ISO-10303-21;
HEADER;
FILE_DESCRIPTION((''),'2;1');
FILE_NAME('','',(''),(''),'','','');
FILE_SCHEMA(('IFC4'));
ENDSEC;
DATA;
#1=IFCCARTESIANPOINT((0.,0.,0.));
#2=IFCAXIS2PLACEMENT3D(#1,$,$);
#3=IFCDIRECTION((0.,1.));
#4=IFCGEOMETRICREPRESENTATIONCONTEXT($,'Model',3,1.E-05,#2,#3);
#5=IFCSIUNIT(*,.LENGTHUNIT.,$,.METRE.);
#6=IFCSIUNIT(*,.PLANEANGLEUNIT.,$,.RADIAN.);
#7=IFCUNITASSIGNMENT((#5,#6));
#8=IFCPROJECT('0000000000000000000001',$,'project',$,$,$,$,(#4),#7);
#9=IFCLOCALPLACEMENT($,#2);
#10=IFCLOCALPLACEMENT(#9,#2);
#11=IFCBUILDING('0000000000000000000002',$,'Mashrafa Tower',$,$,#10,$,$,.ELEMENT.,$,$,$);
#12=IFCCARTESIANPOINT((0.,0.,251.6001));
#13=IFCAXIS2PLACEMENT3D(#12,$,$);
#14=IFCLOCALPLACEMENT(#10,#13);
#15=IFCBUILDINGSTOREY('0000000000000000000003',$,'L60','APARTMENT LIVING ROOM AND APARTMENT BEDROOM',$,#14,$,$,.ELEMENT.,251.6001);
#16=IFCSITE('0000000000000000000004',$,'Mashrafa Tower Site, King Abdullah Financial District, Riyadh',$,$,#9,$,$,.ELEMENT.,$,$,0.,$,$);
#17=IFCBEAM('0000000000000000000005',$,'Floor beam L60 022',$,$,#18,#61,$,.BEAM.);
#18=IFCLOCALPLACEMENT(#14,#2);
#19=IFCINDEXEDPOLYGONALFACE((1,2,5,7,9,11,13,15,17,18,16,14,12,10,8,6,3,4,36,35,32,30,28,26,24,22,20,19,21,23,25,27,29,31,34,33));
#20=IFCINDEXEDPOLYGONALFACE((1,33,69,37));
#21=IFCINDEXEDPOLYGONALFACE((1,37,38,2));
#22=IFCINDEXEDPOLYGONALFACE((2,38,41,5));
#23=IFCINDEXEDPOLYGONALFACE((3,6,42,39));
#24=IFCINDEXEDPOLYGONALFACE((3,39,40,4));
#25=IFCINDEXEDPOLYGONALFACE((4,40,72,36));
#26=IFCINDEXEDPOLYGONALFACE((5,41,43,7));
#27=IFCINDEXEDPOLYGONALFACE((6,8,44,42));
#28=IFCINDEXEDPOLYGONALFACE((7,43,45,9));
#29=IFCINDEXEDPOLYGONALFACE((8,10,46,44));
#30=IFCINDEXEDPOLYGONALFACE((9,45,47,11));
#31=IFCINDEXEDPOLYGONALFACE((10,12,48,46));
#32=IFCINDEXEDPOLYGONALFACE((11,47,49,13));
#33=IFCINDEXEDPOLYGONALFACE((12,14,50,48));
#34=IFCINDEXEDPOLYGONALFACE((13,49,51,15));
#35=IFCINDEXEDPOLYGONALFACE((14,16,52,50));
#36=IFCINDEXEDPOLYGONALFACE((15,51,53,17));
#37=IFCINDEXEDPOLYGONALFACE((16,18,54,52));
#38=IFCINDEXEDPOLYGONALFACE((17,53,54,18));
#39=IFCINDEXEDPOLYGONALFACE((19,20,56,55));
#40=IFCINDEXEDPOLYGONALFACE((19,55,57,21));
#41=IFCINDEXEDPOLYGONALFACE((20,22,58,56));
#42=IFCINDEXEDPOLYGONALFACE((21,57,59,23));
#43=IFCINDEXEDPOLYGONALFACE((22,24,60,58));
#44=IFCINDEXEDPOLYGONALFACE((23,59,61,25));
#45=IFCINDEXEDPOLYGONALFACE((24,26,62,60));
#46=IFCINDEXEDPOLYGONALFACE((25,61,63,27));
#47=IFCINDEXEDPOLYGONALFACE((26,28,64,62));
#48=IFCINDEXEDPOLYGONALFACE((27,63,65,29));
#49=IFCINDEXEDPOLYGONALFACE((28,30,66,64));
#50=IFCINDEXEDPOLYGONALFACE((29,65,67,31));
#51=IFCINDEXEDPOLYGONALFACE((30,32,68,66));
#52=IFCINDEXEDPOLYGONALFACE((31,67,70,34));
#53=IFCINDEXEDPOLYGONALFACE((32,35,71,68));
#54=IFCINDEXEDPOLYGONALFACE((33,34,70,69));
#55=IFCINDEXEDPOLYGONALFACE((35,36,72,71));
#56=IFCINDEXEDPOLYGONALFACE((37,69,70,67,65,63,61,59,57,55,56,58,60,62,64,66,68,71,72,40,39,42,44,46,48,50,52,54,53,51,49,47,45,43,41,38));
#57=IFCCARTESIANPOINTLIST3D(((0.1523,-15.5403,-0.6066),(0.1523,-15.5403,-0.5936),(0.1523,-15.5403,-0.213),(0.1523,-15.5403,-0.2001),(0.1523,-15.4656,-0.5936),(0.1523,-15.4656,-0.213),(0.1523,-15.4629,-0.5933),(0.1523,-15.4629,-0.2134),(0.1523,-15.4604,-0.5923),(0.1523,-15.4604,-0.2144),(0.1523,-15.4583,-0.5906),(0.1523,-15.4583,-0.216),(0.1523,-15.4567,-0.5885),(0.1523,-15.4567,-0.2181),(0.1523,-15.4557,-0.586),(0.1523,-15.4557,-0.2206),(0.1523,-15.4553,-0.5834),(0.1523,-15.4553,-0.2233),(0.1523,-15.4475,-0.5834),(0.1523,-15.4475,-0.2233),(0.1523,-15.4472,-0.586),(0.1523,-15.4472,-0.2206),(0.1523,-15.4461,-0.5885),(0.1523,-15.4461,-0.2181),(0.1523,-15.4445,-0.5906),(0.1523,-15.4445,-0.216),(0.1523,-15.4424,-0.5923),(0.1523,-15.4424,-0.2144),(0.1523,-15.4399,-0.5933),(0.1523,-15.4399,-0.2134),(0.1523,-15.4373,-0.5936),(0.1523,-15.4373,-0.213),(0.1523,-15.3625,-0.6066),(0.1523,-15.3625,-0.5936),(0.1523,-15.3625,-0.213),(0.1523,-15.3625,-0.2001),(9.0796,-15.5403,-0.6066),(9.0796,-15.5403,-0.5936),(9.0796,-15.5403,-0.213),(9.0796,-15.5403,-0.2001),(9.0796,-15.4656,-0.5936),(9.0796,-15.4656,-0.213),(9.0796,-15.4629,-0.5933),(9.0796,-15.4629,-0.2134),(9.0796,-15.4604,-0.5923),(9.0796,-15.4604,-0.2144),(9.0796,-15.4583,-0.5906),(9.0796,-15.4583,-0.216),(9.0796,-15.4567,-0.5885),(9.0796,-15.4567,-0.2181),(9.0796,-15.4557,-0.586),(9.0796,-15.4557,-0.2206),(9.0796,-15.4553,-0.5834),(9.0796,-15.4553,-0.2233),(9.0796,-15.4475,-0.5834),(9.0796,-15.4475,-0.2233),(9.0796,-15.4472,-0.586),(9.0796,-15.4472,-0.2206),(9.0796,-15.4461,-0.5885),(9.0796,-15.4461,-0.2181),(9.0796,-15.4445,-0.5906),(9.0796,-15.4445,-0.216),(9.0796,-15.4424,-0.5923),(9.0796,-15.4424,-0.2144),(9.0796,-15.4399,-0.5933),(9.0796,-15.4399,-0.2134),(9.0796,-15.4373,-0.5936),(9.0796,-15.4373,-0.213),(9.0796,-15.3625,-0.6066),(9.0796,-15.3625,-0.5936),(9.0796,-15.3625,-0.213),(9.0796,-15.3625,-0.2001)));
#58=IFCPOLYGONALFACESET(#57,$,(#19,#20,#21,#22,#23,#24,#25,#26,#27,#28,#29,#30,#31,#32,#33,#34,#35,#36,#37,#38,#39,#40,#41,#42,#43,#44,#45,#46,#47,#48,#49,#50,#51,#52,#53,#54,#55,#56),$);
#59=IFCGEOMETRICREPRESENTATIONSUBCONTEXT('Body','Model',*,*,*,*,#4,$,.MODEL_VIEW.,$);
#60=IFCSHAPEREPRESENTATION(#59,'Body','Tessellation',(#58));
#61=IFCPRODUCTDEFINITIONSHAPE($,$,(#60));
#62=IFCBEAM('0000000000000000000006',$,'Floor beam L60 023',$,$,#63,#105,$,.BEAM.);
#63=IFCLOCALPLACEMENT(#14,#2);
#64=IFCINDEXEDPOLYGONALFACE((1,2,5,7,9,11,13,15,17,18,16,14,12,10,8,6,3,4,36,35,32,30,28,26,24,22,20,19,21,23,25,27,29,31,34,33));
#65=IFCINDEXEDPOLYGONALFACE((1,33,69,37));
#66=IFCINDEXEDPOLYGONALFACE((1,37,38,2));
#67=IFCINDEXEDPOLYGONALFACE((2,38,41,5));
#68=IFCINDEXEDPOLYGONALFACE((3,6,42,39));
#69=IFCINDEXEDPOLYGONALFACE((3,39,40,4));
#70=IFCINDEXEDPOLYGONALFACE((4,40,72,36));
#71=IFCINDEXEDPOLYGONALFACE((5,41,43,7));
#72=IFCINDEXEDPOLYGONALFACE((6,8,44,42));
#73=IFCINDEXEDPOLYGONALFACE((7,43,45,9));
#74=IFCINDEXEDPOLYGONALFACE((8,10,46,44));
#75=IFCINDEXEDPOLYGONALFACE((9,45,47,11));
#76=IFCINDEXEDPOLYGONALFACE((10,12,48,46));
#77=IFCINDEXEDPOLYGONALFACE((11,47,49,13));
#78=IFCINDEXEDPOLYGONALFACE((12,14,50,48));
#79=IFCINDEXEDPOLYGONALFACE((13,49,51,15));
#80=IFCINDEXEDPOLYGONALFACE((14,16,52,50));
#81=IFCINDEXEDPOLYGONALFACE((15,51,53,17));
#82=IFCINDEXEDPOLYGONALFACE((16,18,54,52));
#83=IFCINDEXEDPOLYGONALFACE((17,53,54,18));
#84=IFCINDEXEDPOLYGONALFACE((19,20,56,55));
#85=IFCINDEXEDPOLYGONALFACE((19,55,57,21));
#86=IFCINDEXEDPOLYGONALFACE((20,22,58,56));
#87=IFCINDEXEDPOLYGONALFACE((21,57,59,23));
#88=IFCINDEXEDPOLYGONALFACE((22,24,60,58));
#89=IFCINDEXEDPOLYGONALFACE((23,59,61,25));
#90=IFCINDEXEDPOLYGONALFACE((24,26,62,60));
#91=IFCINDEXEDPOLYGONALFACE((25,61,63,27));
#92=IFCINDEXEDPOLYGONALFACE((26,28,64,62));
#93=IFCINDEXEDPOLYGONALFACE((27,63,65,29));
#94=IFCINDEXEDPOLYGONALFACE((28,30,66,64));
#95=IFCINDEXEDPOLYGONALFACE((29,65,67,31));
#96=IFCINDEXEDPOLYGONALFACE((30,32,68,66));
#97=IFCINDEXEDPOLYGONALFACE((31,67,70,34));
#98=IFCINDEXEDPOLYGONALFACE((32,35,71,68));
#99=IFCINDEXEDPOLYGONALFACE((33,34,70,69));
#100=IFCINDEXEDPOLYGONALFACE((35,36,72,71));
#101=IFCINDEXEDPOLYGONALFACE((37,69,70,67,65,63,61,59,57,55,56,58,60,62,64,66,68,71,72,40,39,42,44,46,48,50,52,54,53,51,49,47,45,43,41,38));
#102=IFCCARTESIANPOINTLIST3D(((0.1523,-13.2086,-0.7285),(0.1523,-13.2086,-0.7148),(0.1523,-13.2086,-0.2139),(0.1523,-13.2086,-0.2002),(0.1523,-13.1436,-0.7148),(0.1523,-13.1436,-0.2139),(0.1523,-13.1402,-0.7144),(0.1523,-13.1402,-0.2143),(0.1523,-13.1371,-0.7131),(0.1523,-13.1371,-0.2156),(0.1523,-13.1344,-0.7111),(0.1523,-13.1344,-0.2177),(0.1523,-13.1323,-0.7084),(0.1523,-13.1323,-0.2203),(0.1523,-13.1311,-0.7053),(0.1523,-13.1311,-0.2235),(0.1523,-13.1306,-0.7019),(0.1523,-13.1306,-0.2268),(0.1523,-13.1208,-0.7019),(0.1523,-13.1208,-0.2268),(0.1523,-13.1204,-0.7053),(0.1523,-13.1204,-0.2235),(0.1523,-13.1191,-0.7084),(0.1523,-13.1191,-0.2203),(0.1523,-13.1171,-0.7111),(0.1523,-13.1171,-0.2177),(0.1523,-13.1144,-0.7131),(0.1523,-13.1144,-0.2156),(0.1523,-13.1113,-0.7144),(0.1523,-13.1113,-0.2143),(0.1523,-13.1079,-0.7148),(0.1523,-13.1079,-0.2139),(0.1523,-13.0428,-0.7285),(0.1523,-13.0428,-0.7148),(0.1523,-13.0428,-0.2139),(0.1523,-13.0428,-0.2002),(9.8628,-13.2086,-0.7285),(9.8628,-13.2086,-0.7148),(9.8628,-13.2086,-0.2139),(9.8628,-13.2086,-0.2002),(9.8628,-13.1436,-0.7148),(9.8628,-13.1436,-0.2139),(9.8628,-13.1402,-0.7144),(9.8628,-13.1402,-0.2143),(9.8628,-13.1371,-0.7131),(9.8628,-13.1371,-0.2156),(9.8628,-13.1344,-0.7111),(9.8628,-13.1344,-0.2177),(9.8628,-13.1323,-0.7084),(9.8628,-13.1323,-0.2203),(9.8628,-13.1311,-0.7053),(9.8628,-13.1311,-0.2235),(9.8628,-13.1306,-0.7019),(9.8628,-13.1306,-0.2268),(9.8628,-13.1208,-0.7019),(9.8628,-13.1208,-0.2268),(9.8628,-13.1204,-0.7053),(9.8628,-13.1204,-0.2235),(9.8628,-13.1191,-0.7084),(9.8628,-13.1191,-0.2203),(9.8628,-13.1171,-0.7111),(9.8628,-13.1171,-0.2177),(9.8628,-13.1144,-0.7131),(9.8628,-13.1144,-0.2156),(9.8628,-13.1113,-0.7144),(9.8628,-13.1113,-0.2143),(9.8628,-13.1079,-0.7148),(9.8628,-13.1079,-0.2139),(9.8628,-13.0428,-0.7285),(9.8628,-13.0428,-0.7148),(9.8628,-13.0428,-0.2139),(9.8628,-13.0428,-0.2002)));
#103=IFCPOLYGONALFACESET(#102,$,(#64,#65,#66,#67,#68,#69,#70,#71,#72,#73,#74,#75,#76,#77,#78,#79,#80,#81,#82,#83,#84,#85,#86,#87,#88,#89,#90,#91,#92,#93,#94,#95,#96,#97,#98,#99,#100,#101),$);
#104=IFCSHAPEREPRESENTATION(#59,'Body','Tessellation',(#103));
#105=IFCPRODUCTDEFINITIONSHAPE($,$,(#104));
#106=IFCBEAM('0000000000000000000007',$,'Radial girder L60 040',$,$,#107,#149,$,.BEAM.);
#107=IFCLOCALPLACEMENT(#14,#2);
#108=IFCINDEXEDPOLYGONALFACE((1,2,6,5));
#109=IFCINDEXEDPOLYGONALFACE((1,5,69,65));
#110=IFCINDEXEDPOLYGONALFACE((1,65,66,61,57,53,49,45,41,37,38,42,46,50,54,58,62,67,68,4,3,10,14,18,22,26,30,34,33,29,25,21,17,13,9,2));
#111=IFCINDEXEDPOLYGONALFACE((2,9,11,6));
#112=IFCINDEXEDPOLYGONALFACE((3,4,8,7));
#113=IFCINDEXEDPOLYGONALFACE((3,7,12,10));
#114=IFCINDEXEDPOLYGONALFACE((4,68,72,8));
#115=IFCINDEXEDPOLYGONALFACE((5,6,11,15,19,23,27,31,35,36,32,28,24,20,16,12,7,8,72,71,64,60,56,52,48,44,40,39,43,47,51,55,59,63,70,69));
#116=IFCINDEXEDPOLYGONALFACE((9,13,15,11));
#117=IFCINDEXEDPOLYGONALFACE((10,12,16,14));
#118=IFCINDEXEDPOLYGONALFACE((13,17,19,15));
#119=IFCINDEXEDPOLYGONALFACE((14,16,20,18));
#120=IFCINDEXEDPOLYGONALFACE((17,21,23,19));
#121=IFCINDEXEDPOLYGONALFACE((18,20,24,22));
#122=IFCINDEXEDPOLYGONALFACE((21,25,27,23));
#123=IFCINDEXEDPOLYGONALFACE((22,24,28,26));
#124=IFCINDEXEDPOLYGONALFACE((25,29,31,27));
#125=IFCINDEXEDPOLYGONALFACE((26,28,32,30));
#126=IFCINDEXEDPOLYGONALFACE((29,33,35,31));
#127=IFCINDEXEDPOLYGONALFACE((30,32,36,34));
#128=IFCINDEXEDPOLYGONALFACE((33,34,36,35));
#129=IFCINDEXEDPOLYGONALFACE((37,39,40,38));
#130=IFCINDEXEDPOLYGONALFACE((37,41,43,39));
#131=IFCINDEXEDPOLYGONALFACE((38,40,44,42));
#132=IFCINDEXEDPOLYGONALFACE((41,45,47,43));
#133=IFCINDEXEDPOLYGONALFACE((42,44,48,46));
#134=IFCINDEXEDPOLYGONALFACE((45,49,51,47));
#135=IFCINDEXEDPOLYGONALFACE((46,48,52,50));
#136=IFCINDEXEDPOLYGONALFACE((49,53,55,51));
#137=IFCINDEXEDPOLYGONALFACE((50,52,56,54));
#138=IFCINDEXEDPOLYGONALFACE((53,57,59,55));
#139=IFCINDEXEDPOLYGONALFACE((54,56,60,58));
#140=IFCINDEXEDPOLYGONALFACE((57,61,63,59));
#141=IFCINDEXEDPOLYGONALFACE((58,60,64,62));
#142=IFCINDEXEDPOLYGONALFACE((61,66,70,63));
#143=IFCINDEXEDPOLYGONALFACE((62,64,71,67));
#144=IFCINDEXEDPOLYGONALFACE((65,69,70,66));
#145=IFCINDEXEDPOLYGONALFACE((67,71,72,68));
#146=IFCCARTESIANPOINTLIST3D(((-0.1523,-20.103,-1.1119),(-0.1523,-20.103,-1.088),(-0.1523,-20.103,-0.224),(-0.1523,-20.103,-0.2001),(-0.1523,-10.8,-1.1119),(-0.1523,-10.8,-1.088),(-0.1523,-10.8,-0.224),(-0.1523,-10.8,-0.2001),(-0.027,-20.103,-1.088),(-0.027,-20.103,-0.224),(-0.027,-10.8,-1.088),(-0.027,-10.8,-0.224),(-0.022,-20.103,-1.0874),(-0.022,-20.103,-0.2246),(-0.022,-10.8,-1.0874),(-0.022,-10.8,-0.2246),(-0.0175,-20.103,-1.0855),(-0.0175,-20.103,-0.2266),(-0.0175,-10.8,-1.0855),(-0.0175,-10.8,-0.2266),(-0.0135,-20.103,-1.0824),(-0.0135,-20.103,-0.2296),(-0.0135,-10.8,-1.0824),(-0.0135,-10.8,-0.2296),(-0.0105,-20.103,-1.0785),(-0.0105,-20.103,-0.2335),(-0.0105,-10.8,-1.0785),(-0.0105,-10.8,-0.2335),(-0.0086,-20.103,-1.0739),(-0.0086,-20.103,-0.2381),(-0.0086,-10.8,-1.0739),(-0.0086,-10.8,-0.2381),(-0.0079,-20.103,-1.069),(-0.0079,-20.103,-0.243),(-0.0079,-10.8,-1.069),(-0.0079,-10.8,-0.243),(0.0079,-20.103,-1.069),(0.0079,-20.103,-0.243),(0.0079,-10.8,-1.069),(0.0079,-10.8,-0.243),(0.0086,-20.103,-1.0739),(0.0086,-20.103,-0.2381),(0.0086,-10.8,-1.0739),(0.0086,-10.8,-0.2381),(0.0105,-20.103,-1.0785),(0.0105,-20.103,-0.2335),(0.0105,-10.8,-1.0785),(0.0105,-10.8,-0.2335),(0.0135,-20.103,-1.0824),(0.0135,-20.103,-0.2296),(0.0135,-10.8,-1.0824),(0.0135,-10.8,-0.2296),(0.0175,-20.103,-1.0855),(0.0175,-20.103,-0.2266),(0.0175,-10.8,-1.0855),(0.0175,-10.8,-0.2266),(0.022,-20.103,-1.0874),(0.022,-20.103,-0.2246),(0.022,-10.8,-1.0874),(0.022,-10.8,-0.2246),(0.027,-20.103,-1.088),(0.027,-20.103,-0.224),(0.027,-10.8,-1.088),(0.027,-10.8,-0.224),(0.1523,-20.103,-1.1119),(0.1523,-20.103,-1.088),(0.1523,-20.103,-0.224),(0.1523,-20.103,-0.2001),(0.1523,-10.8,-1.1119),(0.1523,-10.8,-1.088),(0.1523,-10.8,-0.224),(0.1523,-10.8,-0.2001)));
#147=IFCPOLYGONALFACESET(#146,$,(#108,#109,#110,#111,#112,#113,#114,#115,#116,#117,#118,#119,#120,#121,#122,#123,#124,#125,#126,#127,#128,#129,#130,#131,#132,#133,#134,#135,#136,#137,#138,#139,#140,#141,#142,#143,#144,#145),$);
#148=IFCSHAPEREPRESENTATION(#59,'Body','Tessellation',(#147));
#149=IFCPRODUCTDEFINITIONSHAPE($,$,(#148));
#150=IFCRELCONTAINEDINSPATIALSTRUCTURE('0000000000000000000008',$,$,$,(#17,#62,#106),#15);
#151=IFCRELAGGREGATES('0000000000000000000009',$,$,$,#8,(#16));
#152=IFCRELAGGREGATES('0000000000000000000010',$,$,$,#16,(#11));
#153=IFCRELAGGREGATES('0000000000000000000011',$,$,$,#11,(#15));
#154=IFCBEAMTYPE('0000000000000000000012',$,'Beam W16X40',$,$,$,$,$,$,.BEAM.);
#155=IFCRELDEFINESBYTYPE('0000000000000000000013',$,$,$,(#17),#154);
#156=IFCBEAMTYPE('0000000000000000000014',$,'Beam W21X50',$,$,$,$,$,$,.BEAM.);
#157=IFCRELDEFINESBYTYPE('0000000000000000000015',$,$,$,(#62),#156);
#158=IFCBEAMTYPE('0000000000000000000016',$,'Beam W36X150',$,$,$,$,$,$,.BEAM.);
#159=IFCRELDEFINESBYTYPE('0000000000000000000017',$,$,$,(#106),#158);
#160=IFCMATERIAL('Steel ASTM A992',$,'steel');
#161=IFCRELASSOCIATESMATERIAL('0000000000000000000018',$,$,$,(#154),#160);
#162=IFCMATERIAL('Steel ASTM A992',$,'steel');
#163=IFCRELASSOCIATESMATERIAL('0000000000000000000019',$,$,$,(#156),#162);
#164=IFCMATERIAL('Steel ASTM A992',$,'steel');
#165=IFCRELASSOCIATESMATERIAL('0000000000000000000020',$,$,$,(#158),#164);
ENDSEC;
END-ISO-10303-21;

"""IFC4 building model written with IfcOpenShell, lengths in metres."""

from ifc_helpers import new_model, si_unit, direction, frame, origin, origin_2d, place, context, subcontext, project, spatial, i_section, extrude, material, material_profile, profile_set, type_object, element, save


model = new_model("IFC4")

# Units and contexts
model_context = context("Model", 3, precision=1e-05, world=origin(), true_north=direction((0.0, 1.0)))
body_context = subcontext(model_context, "Body", "Model", "MODEL_VIEW")
ifc_project = project(units=[si_unit("LENGTHUNIT", "METRE"), si_unit("PLANEANGLEUNIT", "RADIAN")], contexts=[model_context])

# Site, building, storey
site_placement = place(None, origin())
site = spatial("IfcSite", under=ifc_project, at=site_placement, Name="Mashrafa Tower Site, King Abdullah Financial District, Riyadh", CompositionType="ELEMENT", RefElevation=0.0)
building_placement = place(site_placement, origin())
building = spatial("IfcBuilding", under=site, at=building_placement, Name="Mashrafa Tower", CompositionType="ELEMENT")
storey_placement = place(building_placement, frame((0.0, 0.0, 251.6001)))
storey = spatial("IfcBuildingStorey", under=building, at=storey_placement, Name="L60", Description="APARTMENT LIVING ROOM AND APARTMENT BEDROOM", CompositionType="ELEMENT", Elevation=251.6001)

# Beams
ifc_material_1 = material(Name="Steel ASTM A992", Category="steel")
ifc_material_profile_1 = material_profile(ifc_material_1, i_section(OverallWidth=0.1777, OverallDepth=0.4065, WebThickness=0.0078, FlangeThickness=0.0129, FilletRadius=0.0103, at=origin_2d()), Name="W16X40")
ifc_profile_set_1 = profile_set([ifc_material_profile_1], Name="Steel ASTM A992")
beam_type_1 = type_object("IfcBeamType", Name="Beam W16X40", PredefinedType="BEAM", material=ifc_profile_set_1)
beam_1_placement = place(storey_placement, frame((9.0796, -15.4514, -0.4033), z_axis=(-1.0, 0.0, 0.0), x_axis=(0.0, -1.0, 0.0)))
element("IfcBeam", 1, at=beam_1_placement, inside=storey, type_object=beam_type_1, Name="Floor beam L60 022", PredefinedType="BEAM", context=body_context, shape_type="SweptSolid", body=[
    extrude(i_section(OverallWidth=0.1777, OverallDepth=0.4065, WebThickness=0.0078, FlangeThickness=0.0129, FilletRadius=0.0103, at=origin_2d()), origin(), (0.0, 0.0, 1.0), 8.9272),
])
ifc_material_2 = material(Name="Steel ASTM A992", Category="steel")
ifc_material_profile_2 = material_profile(ifc_material_2, i_section(OverallWidth=0.1658, OverallDepth=0.5283, WebThickness=0.0098, FlangeThickness=0.0137, FilletRadius=0.0129, at=origin_2d()), Name="W21X50")
ifc_profile_set_2 = profile_set([ifc_material_profile_2], Name="Steel ASTM A992")
beam_type_2 = type_object("IfcBeamType", Name="Beam W21X50", PredefinedType="BEAM", material=ifc_profile_set_2)
beam_2_placement = place(storey_placement, frame((9.8628, -13.1257, -0.4644), z_axis=(-1.0, 0.0, 0.0), x_axis=(0.0, -1.0, 0.0)))
element("IfcBeam", 2, at=beam_2_placement, inside=storey, type_object=beam_type_2, Name="Floor beam L60 023", PredefinedType="BEAM", context=body_context, shape_type="SweptSolid", body=[
    extrude(i_section(OverallWidth=0.1658, OverallDepth=0.5283, WebThickness=0.0098, FlangeThickness=0.0137, FilletRadius=0.0129, at=origin_2d()), origin(), (0.0, 0.0, 1.0), 9.7104),
])
ifc_material_3 = material(Name="Steel ASTM A992", Category="steel")
ifc_material_profile_3 = material_profile(ifc_material_3, i_section(OverallWidth=0.3047, OverallDepth=0.9119, WebThickness=0.0159, FlangeThickness=0.0239, FilletRadius=0.019, at=origin_2d()), Name="W36X150")
ifc_profile_set_3 = profile_set([ifc_material_profile_3], Name="Steel ASTM A992")
beam_type_3 = type_object("IfcBeamType", Name="Beam W36X150", PredefinedType="BEAM", material=ifc_profile_set_3)
beam_3_placement = place(storey_placement, frame((0.0, -10.8, -0.656), z_axis=(0.0, -1.0, 0.0), x_axis=(1.0, 0.0, 0.0)))
element("IfcBeam", 3, at=beam_3_placement, inside=storey, type_object=beam_type_3, Name="Radial girder L60 040", PredefinedType="BEAM", context=body_context, shape_type="SweptSolid", body=[
    extrude(i_section(OverallWidth=0.3047, OverallDepth=0.9119, WebThickness=0.0159, FlangeThickness=0.0239, FilletRadius=0.019, at=origin_2d()), origin(), (0.0, 0.0, 1.0), 9.303),
])

save(model, "model.ifc")
